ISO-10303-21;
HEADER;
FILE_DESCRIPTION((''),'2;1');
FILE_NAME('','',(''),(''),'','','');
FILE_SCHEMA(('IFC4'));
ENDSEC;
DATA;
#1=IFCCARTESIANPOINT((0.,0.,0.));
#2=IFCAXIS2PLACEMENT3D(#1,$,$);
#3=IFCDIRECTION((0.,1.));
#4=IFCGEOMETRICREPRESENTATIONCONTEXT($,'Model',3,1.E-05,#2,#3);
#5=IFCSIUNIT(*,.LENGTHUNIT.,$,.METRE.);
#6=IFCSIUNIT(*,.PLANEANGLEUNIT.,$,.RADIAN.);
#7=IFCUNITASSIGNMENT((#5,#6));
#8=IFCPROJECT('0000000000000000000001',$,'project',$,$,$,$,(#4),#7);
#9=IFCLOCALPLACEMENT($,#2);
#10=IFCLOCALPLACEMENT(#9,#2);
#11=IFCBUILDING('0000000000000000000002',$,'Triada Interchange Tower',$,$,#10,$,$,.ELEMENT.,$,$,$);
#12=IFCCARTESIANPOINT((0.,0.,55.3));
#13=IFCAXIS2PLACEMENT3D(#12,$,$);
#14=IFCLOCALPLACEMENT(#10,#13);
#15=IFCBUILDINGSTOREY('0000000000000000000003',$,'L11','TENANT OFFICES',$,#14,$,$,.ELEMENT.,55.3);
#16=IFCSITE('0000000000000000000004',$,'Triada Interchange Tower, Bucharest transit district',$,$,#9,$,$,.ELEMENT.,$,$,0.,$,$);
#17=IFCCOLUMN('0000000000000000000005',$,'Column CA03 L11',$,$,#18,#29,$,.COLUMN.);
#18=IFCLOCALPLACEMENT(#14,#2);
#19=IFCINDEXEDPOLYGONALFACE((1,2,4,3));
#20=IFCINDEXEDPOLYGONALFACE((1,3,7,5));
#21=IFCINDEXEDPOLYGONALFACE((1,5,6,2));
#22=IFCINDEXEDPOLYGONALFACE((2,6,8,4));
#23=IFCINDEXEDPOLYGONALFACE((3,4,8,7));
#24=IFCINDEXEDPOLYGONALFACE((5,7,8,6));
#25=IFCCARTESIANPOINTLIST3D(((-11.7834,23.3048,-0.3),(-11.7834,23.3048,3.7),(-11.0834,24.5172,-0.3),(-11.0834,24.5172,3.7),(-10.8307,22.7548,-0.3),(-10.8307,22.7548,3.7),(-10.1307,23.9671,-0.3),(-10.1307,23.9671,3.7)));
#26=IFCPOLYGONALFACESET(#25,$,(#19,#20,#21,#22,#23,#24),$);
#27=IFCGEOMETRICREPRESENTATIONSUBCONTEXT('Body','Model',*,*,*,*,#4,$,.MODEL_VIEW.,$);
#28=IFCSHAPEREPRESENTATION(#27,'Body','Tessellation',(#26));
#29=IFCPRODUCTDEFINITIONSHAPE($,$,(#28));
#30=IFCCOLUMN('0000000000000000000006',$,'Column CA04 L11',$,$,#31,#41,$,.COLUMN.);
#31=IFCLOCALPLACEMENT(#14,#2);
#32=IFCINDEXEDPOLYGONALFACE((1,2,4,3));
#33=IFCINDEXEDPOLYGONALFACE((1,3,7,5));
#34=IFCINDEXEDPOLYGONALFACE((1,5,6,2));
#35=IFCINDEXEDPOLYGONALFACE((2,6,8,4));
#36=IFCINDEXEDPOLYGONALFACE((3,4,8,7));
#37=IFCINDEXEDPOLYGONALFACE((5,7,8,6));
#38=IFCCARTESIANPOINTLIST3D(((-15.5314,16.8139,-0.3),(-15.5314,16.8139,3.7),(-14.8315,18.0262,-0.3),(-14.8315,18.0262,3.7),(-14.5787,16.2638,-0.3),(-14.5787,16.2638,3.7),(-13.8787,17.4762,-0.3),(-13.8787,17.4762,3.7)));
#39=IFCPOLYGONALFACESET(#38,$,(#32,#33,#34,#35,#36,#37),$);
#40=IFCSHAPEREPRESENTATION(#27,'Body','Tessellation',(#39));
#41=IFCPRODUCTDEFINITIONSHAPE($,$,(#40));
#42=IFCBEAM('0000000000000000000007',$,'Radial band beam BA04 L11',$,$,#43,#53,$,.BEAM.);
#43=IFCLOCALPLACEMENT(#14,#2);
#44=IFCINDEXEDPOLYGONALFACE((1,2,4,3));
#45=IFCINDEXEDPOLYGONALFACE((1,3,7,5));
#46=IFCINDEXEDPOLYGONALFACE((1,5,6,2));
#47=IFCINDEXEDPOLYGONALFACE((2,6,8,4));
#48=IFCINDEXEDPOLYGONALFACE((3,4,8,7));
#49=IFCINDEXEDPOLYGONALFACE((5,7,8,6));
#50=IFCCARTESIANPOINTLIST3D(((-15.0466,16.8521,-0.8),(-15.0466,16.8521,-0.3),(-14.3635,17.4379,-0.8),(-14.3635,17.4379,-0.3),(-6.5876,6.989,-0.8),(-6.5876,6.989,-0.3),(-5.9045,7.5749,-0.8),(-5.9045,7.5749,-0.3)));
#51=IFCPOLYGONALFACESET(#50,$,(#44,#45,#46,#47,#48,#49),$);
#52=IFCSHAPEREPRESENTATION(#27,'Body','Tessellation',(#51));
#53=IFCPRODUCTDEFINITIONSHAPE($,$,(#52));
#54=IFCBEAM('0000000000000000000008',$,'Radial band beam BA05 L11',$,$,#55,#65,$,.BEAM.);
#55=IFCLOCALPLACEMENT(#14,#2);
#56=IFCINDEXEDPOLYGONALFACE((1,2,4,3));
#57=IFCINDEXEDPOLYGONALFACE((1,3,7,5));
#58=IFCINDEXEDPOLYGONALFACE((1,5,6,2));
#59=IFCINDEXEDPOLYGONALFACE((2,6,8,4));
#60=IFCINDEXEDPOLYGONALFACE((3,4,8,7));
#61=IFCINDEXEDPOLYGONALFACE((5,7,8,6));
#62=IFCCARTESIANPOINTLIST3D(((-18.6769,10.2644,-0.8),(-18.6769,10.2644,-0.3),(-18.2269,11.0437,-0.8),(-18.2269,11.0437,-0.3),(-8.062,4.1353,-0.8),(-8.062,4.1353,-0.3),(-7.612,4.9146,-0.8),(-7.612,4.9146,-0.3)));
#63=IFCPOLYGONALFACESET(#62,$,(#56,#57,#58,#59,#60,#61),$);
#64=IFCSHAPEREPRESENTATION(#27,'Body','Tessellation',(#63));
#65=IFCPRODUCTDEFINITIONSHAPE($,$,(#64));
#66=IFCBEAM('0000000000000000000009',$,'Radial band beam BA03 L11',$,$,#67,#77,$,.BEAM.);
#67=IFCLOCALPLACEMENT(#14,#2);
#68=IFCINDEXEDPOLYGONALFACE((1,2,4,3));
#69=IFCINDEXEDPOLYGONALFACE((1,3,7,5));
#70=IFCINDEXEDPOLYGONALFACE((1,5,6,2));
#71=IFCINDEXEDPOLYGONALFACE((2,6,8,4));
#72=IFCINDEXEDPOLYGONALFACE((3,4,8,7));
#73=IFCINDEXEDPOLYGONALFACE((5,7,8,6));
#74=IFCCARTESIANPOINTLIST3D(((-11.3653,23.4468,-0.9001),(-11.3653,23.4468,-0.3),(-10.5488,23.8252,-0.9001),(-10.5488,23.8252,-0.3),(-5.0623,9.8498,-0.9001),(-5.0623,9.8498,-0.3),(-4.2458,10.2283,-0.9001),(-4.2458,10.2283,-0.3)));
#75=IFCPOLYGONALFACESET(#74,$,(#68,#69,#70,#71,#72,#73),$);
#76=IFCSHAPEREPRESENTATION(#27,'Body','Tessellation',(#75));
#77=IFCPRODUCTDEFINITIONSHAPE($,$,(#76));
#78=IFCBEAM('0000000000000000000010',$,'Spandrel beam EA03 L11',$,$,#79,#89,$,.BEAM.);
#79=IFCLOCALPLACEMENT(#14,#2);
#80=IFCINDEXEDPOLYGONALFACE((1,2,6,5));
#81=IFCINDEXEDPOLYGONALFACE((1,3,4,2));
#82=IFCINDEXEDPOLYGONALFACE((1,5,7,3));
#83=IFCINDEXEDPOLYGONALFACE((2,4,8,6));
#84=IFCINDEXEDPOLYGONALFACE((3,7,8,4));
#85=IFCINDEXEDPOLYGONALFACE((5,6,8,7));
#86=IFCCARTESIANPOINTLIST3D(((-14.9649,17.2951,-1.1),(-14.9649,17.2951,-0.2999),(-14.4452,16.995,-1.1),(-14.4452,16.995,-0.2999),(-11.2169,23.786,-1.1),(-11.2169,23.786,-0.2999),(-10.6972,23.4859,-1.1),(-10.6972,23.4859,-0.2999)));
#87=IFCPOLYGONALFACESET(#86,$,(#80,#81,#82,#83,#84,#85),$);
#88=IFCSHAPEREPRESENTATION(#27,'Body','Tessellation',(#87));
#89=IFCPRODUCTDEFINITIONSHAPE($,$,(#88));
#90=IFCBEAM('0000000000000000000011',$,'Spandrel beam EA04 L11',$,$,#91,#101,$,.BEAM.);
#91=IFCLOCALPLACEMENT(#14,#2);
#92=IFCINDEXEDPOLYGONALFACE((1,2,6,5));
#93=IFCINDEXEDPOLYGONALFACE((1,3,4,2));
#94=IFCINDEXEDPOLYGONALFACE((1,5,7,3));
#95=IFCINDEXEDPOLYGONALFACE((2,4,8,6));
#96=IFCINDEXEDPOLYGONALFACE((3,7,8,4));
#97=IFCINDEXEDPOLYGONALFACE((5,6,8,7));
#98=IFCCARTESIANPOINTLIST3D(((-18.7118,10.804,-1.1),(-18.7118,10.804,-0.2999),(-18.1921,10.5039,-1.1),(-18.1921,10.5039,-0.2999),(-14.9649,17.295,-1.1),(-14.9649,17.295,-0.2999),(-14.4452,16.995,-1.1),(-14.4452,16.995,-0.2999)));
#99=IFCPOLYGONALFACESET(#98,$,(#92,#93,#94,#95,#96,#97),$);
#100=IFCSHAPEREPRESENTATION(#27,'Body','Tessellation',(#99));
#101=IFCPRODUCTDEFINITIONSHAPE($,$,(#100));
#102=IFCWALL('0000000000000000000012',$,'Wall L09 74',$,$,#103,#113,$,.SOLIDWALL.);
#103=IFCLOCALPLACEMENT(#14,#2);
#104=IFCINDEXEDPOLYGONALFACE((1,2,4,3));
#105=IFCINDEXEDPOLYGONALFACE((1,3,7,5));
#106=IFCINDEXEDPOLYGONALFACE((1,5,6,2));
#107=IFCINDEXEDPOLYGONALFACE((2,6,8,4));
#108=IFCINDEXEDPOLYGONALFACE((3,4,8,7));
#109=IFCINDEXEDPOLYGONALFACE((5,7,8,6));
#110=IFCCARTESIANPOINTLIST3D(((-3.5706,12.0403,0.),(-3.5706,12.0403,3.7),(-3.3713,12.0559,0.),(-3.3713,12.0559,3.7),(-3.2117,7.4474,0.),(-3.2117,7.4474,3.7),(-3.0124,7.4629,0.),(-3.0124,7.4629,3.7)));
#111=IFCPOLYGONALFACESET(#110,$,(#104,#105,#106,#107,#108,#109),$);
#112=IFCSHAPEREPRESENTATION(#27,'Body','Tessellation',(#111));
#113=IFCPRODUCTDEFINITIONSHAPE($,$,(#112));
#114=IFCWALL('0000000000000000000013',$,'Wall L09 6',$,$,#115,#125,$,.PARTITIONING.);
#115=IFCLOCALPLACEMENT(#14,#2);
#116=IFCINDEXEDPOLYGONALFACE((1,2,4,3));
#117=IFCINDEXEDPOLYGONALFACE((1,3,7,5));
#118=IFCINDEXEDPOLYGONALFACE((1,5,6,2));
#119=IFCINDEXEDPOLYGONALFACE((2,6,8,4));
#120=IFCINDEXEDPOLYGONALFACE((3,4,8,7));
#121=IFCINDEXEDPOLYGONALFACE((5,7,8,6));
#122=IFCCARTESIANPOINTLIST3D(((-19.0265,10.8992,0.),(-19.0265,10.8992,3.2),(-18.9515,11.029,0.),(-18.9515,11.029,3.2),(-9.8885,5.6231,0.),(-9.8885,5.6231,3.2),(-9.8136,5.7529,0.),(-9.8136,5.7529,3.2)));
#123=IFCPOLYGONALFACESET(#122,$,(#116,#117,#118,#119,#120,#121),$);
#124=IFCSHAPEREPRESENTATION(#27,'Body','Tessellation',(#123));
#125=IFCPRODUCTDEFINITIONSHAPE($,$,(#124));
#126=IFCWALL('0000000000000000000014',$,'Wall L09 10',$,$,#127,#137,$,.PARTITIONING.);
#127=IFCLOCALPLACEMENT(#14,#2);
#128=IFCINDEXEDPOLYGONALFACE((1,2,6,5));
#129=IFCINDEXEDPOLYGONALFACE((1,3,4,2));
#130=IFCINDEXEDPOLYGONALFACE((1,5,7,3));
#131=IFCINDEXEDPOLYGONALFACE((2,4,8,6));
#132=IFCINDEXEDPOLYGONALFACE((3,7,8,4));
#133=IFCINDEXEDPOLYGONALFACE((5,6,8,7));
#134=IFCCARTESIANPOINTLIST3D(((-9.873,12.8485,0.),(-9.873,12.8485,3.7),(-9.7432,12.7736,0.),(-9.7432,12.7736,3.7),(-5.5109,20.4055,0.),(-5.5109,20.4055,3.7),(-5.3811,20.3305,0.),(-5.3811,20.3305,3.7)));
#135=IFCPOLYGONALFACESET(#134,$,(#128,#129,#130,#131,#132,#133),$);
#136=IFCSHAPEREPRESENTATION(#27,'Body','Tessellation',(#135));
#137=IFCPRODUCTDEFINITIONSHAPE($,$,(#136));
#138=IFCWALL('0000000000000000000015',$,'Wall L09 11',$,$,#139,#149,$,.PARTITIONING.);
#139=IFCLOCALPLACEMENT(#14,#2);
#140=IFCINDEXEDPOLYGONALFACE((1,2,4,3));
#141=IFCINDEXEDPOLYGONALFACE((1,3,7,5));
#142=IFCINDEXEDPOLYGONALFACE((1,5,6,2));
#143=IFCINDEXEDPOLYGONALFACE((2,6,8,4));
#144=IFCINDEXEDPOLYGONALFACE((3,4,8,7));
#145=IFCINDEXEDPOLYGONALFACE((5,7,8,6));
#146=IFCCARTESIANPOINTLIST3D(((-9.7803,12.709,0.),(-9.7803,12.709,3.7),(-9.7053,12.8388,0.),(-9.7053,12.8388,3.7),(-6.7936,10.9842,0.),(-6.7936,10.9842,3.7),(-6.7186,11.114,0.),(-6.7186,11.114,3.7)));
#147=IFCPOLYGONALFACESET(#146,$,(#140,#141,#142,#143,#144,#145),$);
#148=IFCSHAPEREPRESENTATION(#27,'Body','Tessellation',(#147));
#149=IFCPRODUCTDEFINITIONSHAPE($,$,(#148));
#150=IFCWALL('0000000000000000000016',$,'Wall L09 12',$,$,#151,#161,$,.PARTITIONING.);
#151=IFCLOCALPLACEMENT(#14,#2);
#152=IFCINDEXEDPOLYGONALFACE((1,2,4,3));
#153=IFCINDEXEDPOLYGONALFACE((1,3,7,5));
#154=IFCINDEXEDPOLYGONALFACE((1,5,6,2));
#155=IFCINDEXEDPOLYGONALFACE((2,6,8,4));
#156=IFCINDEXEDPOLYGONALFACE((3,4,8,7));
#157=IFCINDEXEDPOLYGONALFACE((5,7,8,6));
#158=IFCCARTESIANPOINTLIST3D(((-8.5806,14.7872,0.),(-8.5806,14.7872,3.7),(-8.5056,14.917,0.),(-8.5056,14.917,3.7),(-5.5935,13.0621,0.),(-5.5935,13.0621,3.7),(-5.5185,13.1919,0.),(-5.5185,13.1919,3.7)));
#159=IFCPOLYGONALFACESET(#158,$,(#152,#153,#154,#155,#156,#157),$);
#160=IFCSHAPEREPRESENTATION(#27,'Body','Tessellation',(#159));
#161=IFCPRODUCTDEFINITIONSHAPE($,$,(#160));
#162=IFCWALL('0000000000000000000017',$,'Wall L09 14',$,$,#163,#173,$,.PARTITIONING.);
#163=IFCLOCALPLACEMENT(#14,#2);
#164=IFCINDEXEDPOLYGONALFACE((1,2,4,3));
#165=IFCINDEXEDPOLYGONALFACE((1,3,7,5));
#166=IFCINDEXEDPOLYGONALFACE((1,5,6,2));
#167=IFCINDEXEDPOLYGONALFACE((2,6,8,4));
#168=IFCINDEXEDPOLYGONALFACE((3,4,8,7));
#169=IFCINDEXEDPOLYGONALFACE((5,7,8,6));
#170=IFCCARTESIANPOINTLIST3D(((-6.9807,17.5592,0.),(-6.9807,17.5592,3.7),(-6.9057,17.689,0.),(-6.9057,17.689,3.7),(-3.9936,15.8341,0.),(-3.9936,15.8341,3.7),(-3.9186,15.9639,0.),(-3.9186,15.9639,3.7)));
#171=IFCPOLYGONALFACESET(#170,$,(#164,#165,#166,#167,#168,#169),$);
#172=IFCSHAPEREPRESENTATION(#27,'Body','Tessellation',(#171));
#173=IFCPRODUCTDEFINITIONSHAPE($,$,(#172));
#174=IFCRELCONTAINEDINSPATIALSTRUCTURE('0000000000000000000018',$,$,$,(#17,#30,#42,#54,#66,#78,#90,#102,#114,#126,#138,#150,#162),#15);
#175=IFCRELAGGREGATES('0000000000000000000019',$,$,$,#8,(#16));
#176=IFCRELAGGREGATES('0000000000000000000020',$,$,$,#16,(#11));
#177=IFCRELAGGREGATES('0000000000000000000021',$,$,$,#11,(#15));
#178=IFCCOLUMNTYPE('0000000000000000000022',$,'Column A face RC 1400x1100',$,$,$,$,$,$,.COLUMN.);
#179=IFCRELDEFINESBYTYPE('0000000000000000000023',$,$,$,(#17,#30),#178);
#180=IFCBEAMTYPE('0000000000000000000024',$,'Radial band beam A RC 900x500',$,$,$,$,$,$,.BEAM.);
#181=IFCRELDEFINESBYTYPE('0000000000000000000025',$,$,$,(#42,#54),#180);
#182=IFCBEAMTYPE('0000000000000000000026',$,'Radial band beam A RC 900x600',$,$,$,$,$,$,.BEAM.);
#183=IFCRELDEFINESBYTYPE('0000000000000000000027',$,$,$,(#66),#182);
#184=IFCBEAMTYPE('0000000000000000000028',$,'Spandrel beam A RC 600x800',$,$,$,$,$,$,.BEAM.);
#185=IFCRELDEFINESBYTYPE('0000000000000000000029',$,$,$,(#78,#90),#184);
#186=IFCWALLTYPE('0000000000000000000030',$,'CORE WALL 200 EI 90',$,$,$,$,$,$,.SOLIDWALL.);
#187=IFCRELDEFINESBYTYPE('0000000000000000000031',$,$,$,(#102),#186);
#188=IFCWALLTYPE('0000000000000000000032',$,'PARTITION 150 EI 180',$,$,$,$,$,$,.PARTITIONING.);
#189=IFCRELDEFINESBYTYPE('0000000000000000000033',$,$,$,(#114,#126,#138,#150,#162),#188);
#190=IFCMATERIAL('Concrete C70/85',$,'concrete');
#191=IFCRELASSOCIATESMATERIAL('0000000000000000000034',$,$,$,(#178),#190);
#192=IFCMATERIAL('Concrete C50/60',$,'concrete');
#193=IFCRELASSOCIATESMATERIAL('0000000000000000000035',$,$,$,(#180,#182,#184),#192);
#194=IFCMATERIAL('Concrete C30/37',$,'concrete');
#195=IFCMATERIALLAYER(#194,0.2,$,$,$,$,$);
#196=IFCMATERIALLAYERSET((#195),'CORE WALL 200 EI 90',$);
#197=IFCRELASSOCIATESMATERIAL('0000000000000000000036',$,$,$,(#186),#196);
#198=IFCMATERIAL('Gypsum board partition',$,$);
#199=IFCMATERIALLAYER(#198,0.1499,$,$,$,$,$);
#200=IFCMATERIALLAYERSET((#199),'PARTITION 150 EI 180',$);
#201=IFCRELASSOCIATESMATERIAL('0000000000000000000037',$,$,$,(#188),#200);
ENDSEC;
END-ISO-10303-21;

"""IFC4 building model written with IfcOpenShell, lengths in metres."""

from ifc_helpers import new_model, si_unit, direction, frame, frame_2d, origin, origin_2d, place, context, subcontext, project, spatial, rectangle, extrude, material, layer, layer_set, material_profile, profile_set, type_object, element, save


model = new_model("IFC4")

# Units and contexts
model_context = context("Model", 3, precision=1e-05, world=origin(), true_north=direction((0.0, 1.0)))
body_context = subcontext(model_context, "Body", "Model", "MODEL_VIEW")
ifc_project = project(units=[si_unit("LENGTHUNIT", "METRE"), si_unit("PLANEANGLEUNIT", "RADIAN")], contexts=[model_context])

# Site, building, storey
site_placement = place(None, origin())
site = spatial("IfcSite", under=ifc_project, at=site_placement, Name="Triada Interchange Tower, Bucharest transit district", CompositionType="ELEMENT", RefElevation=0.0)
building_placement = place(site_placement, origin())
building = spatial("IfcBuilding", under=site, at=building_placement, Name="Triada Interchange Tower", CompositionType="ELEMENT")
storey_placement = place(building_placement, frame((0.0, 0.0, 55.3)))
storey = spatial("IfcBuildingStorey", under=building, at=storey_placement, Name="L11", Description="TENANT OFFICES", CompositionType="ELEMENT", Elevation=55.3)

# Columns
ifc_material_1 = material(Name="Concrete C70/85", Category="concrete")
ifc_material_profile_1 = material_profile(ifc_material_1, rectangle(XDim=1.3999, YDim=1.1001, at=origin_2d()), Name="RC 1400x1100")
ifc_profile_set_1 = profile_set([ifc_material_profile_1], Name="Concrete C70/85")
column_type = type_object("IfcColumnType", Name="Column A face RC 1400x1100", PredefinedType="COLUMN", material=ifc_profile_set_1)
for number, where, z_axis, x_axis, name in (
    (1, (-10.957, 23.636, -0.3), (0.0, 0.0, 1.0), (0.5, 0.866025, 0.0), "Column CA03 L11"),
    (2, (-14.7051, 17.145, -0.3), (0.0, 0.0, 1.0), (0.5, 0.866025, 0.0), "Column CA04 L11"),
):
    element("IfcColumn", number, at=place(storey_placement, frame(where, z_axis=z_axis, x_axis=x_axis)), inside=storey, type_object=column_type, Name=name, PredefinedType="COLUMN", context=body_context, shape_type="SweptSolid", body=[
        extrude(rectangle(XDim=1.3999, YDim=1.1001, at=origin_2d()), origin(), (0.0, 0.0, 1.0), 4.0),
    ])

# Beams
ifc_material_2 = material(Name="Concrete C50/60", Category="concrete")
ifc_material_profile_2 = material_profile(ifc_material_2, rectangle(XDim=0.8999, YDim=0.5, at=origin_2d()), Name="RC 900x500")
ifc_profile_set_2 = profile_set([ifc_material_profile_2], Name="Concrete C50/60")
beam_type_1 = type_object("IfcBeamType", Name="Radial band beam A RC 900x500", PredefinedType="BEAM", material=ifc_profile_set_2)
beam_1_placement = place(storey_placement, frame((-14.7051, 17.145, -0.55), z_axis=(0.651011, -0.759068, 0.0), x_axis=(0.759068, 0.651011, 0.0)))
element("IfcBeam", 3, at=beam_1_placement, inside=storey, type_object=beam_type_1, Name="Radial band beam BA04 L11", PredefinedType="BEAM", context=body_context, shape_type="SweptSolid", body=[
    extrude(rectangle(XDim=0.8999, YDim=0.5, at=origin_2d()), origin(), (0.0, 0.0, 1.0), 12.9937),
])
beam_2_placement = place(storey_placement, frame((-18.4519, 10.6541, -0.55), z_axis=(0.866005, -0.500036, 0.0), x_axis=(0.500036, 0.866005, 0.0)))
element("IfcBeam", 4, at=beam_2_placement, inside=storey, type_object=beam_type_1, Name="Radial band beam BA05 L11", PredefinedType="BEAM", context=body_context, shape_type="SweptSolid", body=[
    extrude(rectangle(XDim=0.8999, YDim=0.5, at=origin_2d()), origin(), (0.0, 0.0, 1.0), 12.2573),
])
ifc_material_profile_3 = material_profile(ifc_material_2, rectangle(XDim=0.8999, YDim=0.6001, at=origin_2d()), Name="RC 900x600")
ifc_profile_set_3 = profile_set([ifc_material_profile_3], Name="Concrete C50/60")
beam_type_2 = type_object("IfcBeamType", Name="Radial band beam A RC 900x600", PredefinedType="BEAM", material=ifc_profile_set_3)
beam_3_placement = place(storey_placement, frame((-10.957, 23.636, -0.6001), z_axis=(0.420569, -0.907261, 0.0), x_axis=(0.907261, 0.420569, 0.0)))
element("IfcBeam", 5, at=beam_3_placement, inside=storey, type_object=beam_type_2, Name="Radial band beam BA03 L11", PredefinedType="BEAM", context=body_context, shape_type="SweptSolid", body=[
    extrude(rectangle(XDim=0.8999, YDim=0.6001, at=origin_2d()), origin(), (0.0, 0.0, 1.0), 14.9868),
])
ifc_material_profile_4 = material_profile(ifc_material_2, rectangle(XDim=0.6001, YDim=0.8, at=origin_2d()), Name="RC 600x800")
ifc_profile_set_4 = profile_set([ifc_material_profile_4], Name="Concrete C50/60")
beam_type_3 = type_object("IfcBeamType", Name="Spandrel beam A RC 600x800", PredefinedType="BEAM", material=ifc_profile_set_4)
beam_4_placement = place(storey_placement, frame((-10.957, 23.636, -0.7), z_axis=(-0.500049, -0.865997, 0.0), x_axis=(0.865997, -0.500049, 0.0)))
element("IfcBeam", 6, at=beam_4_placement, inside=storey, type_object=beam_type_3, Name="Spandrel beam EA03 L11", PredefinedType="BEAM", context=body_context, shape_type="SweptSolid", body=[
    extrude(rectangle(XDim=0.6001, YDim=0.8, at=origin_2d()), origin(), (0.0, 0.0, 1.0), 7.4954),
])
beam_5_placement = place(storey_placement, frame((-14.7051, 17.145, -0.7), z_axis=(-0.499926, -0.866068, 0.0), x_axis=(0.866068, -0.499926, 0.0)))
element("IfcBeam", 7, at=beam_5_placement, inside=storey, type_object=beam_type_3, Name="Spandrel beam EA04 L11", PredefinedType="BEAM", context=body_context, shape_type="SweptSolid", body=[
    extrude(rectangle(XDim=0.6001, YDim=0.8, at=origin_2d()), origin(), (0.0, 0.0, 1.0), 7.4949),
])

# Wall
ifc_material_3 = material(Name="Concrete C30/37", Category="concrete")
ifc_layer_1 = layer(ifc_material_3, 0.2)
ifc_layer_set_1 = layer_set([ifc_layer_1], Name="CORE WALL 200 EI 90")
wall_type_1 = type_object("IfcWallType", Name="CORE WALL 200 EI 90", PredefinedType="SOLIDWALL", material=ifc_layer_set_1)
wall_1_placement = place(storey_placement, frame((-3.4709, 12.0481, 0.0), z_axis=(0.0, 0.0, 1.0), x_axis=(0.0779, -0.996961, 0.0)))
element("IfcWall", 8, at=wall_1_placement, inside=storey, type_object=wall_type_1, Name="Wall L09 74", PredefinedType="SOLIDWALL", context=body_context, shape_type="SweptSolid", body=[
    extrude(rectangle(XDim=4.6069, YDim=0.2, at=frame_2d((2.3035, 0.0))), origin(), (0.0, 0.0, 1.0), 3.7),
])

# Walls
ifc_material_4 = material(Name="Gypsum board partition")
ifc_layer_2 = layer(ifc_material_4, 0.1499)
ifc_layer_set_2 = layer_set([ifc_layer_2], Name="PARTITION 150 EI 180")
wall_type_2 = type_object("IfcWallType", Name="PARTITION 150 EI 180", PredefinedType="PARTITIONING", material=ifc_layer_set_2)
wall_2_placement = place(storey_placement, frame((-18.989, 10.9641, 0.0), z_axis=(0.0, 0.0, 1.0), x_axis=(0.866012, -0.500024, 0.0)))
element("IfcWall", 9, at=wall_2_placement, inside=storey, type_object=wall_type_2, Name="Wall L09 6", PredefinedType="PARTITIONING", context=body_context, shape_type="SweptSolid", body=[
    extrude(rectangle(XDim=10.5518, YDim=0.1499, at=frame_2d((5.2759, 0.0))), origin(), (0.0, 0.0, 1.0), 3.2),
])
wall_3_placement = place(storey_placement, frame((-9.8081, 12.811, 0.0), z_axis=(0.0, 0.0, 1.0), x_axis=(0.499922, 0.866071, 0.0)))
element("IfcWall", 10, at=wall_3_placement, inside=storey, type_object=wall_type_2, Name="Wall L09 10", PredefinedType="PARTITIONING", context=body_context, shape_type="SweptSolid", body=[
    extrude(rectangle(XDim=8.7256, YDim=0.1499, at=frame_2d((4.3628, 0.0))), origin(), (0.0, 0.0, 1.0), 3.7),
])
wall_4_placement = place(storey_placement, frame((-9.7429, 12.7739, 0.0), z_axis=(0.0, 0.0, 1.0), x_axis=(0.865973, -0.50009, 0.0)))
element("IfcWall", 11, at=wall_4_placement, inside=storey, type_object=wall_type_2, Name="Wall L09 11", PredefinedType="PARTITIONING", context=body_context, shape_type="SweptSolid", body=[
    extrude(rectangle(XDim=3.449, YDim=0.1499, at=frame_2d((1.7246, 0.0))), origin(), (0.0, 0.0, 1.0), 3.7),
])
for number, where, z_axis, x_axis, name in (
    (12, (-8.543, 14.8521, 0.0), (0.0, 0.0, 1.0), (0.86596, -0.500113, 0.0), "Wall L09 12"),
    (13, (-6.9431, 17.624, 0.0), (0.0, 0.0, 1.0), (0.86596, -0.500113, 0.0), "Wall L09 14"),
):
    element("IfcWall", number, at=place(storey_placement, frame(where, z_axis=z_axis, x_axis=x_axis)), inside=storey, type_object=wall_type_2, Name=name, PredefinedType="PARTITIONING", context=body_context, shape_type="SweptSolid", body=[
        extrude(rectangle(XDim=3.4495, YDim=0.1499, at=frame_2d((1.7246, 0.0))), origin(), (0.0, 0.0, 1.0), 3.7),
    ])

save(model, "model.ifc")
